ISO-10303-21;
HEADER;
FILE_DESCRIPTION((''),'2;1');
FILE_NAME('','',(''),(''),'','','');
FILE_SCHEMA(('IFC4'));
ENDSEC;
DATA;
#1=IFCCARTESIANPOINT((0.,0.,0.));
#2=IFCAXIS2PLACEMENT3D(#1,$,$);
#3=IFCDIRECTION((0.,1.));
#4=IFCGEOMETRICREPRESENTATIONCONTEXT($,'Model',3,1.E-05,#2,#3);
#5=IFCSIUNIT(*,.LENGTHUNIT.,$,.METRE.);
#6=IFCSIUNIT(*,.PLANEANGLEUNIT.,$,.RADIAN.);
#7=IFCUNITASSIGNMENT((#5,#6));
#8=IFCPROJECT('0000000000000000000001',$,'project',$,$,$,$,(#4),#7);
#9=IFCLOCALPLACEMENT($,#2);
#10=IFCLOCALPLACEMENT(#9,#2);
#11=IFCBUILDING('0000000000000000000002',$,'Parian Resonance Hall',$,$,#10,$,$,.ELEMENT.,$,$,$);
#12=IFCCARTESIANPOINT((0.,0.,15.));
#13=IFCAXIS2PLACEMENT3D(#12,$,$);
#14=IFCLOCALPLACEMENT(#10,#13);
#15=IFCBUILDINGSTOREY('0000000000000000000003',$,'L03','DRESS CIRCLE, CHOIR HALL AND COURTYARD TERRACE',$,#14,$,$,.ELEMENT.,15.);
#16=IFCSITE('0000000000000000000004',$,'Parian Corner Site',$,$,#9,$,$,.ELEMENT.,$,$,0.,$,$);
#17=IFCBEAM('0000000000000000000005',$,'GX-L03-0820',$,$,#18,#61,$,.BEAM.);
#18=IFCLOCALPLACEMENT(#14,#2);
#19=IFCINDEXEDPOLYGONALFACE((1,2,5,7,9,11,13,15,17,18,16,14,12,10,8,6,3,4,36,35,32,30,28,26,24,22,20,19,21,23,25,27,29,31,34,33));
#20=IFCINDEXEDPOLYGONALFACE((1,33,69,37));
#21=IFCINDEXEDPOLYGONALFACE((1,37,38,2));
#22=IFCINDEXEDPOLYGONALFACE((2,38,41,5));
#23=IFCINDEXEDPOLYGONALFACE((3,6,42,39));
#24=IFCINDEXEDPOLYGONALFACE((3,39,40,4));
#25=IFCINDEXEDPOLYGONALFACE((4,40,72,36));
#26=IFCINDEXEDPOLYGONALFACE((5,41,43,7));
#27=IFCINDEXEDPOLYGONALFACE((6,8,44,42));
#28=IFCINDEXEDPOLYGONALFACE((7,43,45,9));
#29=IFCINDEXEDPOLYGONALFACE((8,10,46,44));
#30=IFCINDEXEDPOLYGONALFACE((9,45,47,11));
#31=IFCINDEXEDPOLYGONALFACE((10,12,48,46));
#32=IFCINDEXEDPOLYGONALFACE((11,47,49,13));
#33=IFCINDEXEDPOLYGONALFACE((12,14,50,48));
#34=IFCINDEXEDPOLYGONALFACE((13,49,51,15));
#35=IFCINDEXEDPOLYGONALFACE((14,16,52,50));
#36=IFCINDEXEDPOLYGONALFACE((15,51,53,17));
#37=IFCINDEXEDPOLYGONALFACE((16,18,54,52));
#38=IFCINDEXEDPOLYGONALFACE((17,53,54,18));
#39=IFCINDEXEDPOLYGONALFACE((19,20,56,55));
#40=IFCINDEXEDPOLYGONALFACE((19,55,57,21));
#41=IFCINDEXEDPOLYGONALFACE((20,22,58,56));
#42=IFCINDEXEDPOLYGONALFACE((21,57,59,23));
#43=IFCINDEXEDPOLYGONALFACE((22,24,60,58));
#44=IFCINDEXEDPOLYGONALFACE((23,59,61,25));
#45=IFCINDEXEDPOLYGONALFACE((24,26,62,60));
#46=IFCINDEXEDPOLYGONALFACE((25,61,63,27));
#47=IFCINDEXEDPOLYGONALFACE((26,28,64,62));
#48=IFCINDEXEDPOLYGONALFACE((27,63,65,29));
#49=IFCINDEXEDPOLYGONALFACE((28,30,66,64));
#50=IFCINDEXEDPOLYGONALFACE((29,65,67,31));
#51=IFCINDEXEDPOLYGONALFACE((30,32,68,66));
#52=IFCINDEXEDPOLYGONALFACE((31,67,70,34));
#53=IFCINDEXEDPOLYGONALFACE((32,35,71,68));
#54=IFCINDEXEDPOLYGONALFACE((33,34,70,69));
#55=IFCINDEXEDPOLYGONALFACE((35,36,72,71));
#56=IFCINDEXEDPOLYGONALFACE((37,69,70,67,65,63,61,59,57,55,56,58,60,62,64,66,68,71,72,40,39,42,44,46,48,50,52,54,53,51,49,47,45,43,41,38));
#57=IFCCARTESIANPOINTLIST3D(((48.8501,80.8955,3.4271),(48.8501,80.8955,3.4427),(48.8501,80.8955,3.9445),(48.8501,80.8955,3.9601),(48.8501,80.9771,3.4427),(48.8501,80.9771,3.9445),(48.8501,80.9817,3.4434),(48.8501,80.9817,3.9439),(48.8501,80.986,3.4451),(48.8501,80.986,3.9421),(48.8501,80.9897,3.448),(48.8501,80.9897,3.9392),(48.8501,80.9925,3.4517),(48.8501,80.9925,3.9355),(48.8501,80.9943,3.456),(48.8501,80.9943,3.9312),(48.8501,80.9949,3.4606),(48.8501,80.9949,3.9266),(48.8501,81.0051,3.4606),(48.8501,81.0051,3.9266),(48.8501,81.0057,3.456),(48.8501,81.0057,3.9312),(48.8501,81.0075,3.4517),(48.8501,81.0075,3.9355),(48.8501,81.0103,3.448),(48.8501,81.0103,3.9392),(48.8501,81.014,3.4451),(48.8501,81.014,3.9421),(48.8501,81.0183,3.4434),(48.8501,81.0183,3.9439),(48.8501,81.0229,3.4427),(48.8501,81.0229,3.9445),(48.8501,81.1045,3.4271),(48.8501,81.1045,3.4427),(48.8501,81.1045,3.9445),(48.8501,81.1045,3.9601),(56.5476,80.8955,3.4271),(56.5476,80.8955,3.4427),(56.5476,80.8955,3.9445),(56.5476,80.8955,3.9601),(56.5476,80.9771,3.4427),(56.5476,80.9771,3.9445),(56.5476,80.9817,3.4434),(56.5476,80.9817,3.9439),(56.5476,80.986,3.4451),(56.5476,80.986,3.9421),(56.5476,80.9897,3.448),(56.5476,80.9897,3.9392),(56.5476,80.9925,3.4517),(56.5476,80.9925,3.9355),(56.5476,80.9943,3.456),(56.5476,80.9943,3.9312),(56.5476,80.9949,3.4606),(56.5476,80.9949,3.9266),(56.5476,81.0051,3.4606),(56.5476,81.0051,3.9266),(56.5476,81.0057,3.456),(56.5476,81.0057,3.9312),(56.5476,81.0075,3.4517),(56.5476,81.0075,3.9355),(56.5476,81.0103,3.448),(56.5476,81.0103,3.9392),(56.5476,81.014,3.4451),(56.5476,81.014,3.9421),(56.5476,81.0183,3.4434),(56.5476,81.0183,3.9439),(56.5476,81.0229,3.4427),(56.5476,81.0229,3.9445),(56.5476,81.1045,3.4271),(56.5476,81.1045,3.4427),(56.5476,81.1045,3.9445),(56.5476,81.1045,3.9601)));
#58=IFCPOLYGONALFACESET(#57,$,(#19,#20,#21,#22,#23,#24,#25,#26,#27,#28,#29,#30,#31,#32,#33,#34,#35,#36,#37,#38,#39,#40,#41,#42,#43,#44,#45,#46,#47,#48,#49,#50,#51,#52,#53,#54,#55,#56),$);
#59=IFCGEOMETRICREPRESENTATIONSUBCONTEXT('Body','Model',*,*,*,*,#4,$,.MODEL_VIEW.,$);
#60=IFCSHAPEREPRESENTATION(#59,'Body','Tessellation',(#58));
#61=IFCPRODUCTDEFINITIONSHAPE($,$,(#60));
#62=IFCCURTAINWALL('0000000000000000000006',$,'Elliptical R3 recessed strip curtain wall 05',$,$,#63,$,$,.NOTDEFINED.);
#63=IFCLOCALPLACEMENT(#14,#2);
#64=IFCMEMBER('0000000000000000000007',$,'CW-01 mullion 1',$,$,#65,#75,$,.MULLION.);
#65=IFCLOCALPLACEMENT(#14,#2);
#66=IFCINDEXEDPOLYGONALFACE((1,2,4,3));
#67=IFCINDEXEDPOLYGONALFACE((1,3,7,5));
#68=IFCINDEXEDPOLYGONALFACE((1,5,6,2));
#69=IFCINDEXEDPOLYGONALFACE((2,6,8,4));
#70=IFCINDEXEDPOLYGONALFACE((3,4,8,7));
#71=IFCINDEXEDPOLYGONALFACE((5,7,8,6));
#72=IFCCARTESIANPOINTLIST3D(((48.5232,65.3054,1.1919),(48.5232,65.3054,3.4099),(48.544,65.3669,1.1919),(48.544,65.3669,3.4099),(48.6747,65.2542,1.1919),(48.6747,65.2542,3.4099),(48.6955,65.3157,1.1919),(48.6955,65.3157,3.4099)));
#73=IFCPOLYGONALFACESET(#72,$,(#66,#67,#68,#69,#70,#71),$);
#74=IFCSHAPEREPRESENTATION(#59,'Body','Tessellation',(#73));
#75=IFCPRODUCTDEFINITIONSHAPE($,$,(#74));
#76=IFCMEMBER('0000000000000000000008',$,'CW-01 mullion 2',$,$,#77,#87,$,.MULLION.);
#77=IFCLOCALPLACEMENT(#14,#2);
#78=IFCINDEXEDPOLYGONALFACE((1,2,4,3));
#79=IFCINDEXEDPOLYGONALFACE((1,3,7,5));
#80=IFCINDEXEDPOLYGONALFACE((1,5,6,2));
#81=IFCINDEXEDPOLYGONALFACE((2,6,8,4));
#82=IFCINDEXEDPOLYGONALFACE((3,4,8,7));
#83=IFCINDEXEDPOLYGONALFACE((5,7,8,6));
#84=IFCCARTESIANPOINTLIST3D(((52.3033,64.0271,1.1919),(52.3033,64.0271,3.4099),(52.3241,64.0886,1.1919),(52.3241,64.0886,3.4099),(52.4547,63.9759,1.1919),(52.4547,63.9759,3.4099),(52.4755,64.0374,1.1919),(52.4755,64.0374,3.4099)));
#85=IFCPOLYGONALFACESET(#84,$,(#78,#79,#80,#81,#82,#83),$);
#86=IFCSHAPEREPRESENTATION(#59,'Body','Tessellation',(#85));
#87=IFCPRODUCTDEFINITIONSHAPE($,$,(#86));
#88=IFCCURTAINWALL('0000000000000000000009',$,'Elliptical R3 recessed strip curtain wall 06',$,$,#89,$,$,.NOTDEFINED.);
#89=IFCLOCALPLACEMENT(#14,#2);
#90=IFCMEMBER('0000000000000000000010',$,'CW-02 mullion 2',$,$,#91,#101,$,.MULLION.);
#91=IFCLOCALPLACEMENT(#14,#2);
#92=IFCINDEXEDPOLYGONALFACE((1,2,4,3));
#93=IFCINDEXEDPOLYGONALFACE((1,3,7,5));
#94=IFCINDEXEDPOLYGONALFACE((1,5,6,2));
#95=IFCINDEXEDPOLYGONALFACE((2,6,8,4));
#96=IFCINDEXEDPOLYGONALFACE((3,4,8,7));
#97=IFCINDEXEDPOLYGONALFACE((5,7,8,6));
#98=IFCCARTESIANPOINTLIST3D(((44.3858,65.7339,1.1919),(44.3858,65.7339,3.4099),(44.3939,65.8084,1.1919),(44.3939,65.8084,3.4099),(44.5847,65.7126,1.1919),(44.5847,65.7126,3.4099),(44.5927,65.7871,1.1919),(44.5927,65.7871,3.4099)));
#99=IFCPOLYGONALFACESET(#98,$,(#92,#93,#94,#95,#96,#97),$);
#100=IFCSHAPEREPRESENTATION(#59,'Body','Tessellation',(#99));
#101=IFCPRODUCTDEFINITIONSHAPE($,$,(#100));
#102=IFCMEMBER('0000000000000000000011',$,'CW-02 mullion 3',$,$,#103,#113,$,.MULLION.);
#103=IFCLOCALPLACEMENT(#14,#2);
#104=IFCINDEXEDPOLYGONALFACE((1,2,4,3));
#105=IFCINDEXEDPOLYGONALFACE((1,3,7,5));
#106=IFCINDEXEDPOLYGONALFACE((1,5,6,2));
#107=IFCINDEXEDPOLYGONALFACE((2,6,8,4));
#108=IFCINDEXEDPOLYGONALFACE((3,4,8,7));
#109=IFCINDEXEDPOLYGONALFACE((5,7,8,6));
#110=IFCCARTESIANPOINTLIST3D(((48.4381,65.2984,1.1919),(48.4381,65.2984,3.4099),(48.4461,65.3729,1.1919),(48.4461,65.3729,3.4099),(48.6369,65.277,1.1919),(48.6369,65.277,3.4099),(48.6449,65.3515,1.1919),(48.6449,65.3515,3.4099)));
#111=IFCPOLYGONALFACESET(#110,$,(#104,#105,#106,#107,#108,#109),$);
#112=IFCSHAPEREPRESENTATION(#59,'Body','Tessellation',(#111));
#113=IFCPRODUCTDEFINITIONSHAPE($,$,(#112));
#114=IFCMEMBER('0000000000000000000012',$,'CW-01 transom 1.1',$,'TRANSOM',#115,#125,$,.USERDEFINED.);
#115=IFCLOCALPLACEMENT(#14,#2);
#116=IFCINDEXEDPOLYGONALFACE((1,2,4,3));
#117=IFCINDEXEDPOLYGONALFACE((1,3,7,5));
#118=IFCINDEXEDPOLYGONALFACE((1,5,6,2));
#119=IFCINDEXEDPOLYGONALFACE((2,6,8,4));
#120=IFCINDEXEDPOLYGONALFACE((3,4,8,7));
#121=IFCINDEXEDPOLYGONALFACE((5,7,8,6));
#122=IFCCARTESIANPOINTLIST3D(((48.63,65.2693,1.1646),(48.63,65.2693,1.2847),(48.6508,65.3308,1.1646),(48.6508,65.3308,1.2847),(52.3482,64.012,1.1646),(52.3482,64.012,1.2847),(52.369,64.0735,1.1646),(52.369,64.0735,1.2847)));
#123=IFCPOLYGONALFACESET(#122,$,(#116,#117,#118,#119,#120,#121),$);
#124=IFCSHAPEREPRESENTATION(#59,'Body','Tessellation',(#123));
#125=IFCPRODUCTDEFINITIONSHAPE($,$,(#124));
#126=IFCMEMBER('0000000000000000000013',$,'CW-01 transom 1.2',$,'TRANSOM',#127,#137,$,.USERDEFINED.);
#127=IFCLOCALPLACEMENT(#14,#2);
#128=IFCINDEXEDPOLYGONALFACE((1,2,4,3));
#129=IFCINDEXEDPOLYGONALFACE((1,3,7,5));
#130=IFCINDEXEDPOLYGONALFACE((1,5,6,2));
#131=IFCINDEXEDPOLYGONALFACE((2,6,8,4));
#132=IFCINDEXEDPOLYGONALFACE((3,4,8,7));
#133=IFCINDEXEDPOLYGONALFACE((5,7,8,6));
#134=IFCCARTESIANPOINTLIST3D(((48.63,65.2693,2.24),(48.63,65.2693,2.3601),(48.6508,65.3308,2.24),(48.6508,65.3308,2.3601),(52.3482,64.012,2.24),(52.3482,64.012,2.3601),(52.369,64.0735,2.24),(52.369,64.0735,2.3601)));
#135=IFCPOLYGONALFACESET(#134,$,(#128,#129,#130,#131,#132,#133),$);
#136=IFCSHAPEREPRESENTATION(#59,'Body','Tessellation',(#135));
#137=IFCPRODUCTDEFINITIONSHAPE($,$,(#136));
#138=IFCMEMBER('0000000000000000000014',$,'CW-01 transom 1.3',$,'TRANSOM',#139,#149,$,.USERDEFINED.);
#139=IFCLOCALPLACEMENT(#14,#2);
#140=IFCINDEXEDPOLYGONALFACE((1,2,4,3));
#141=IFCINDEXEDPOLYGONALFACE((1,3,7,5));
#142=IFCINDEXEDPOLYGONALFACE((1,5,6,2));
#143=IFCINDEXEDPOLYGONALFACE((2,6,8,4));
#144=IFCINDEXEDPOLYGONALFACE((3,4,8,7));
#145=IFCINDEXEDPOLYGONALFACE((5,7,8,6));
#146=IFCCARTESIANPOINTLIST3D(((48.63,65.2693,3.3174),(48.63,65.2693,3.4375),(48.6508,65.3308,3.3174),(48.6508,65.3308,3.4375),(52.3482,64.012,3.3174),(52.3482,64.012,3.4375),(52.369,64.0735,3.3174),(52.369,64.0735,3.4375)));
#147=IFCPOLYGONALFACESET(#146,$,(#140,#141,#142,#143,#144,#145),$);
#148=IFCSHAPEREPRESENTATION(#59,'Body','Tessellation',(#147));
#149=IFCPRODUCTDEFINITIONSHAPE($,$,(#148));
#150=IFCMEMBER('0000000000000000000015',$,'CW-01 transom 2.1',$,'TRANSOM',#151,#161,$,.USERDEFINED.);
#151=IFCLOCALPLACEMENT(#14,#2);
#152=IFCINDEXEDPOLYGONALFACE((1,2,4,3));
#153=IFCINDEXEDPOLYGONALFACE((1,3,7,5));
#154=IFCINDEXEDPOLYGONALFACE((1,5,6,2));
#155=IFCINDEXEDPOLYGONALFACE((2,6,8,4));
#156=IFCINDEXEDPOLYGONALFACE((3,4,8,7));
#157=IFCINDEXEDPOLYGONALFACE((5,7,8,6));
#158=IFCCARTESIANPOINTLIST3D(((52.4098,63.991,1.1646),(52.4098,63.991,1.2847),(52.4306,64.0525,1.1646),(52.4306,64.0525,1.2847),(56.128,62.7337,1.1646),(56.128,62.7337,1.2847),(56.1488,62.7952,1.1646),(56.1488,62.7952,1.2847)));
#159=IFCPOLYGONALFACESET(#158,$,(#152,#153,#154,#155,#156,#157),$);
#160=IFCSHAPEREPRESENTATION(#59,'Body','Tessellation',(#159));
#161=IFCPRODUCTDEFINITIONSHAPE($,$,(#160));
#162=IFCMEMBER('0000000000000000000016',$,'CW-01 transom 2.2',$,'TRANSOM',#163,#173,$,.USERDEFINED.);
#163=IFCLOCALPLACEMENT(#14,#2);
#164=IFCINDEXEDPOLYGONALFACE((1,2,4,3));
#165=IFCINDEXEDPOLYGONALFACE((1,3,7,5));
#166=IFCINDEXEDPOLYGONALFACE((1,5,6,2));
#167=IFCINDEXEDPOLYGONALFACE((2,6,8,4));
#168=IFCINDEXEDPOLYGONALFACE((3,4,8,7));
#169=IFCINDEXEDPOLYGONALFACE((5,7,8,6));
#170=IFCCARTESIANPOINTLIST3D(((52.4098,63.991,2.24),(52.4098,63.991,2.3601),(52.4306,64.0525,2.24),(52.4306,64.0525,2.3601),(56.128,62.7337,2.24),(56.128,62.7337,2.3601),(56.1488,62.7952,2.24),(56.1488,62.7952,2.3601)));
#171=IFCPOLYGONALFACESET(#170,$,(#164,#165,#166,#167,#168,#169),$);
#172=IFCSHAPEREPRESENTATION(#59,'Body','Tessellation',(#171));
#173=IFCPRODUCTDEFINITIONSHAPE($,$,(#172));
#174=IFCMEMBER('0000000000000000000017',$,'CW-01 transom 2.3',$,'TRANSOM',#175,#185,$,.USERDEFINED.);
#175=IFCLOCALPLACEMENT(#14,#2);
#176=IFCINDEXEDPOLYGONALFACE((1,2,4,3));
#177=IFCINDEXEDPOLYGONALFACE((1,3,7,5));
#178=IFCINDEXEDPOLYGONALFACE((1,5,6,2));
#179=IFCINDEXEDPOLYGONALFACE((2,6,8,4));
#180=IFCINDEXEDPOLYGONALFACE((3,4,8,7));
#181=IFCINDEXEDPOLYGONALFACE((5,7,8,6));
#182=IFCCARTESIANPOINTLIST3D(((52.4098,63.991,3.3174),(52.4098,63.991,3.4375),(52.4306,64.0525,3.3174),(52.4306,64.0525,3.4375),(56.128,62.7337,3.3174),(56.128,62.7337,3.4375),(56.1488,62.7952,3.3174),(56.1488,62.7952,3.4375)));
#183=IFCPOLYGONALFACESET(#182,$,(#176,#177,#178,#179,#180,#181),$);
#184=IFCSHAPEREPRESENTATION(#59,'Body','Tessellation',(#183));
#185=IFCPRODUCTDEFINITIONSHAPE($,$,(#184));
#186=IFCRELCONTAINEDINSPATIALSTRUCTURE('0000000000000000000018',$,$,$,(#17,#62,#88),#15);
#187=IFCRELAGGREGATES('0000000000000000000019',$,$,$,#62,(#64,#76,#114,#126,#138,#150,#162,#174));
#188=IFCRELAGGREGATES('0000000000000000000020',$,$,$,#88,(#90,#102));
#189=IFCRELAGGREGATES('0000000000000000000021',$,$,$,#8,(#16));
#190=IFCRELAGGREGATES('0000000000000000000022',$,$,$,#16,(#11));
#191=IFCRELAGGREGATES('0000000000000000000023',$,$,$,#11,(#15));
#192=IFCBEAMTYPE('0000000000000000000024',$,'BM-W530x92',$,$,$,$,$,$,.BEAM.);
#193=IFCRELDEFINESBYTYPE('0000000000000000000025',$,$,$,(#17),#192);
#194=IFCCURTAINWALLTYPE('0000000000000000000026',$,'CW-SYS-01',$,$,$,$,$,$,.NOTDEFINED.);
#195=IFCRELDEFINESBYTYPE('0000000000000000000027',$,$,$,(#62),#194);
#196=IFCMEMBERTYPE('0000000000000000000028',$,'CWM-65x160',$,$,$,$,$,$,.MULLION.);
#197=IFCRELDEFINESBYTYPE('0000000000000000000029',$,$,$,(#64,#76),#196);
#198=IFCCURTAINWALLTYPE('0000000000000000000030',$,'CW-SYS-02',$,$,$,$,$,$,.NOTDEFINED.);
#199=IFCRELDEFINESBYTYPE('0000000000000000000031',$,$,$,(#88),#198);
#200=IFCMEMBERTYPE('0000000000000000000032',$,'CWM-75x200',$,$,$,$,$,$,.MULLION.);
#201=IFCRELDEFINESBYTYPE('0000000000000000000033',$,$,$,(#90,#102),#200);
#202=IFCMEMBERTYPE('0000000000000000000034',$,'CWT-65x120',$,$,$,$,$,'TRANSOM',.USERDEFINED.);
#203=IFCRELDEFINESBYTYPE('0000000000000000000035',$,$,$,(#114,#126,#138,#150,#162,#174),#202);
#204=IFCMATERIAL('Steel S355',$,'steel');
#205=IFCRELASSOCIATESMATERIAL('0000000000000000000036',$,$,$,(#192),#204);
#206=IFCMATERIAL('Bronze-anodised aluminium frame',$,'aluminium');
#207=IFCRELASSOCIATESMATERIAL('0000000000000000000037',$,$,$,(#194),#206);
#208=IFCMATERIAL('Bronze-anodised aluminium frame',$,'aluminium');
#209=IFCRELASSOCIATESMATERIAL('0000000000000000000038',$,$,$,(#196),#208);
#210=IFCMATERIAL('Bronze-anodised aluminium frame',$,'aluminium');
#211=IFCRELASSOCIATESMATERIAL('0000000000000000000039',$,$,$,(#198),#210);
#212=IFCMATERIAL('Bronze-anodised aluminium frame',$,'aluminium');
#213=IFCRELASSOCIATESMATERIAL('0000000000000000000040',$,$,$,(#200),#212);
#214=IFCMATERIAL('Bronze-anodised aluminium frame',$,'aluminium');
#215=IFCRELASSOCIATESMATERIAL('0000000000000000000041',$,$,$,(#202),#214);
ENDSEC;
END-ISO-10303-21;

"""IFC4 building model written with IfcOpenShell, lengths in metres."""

from ifc_helpers import new_model, si_unit, direction, frame, origin, origin_2d, place, context, subcontext, project, spatial, rectangle, i_section, extrude, material, material_profile, profile_set, type_object, element, aggregate, save


model = new_model("IFC4")

# Units and contexts
model_context = context("Model", 3, precision=1e-05, world=origin(), true_north=direction((0.0, 1.0)))
body_context = subcontext(model_context, "Body", "Model", "MODEL_VIEW")
ifc_project = project(units=[si_unit("LENGTHUNIT", "METRE"), si_unit("PLANEANGLEUNIT", "RADIAN")], contexts=[model_context])

# Site, building, storey
site_placement = place(None, origin())
site = spatial("IfcSite", under=ifc_project, at=site_placement, Name="Parian Corner Site", CompositionType="ELEMENT", RefElevation=0.0)
building_placement = place(site_placement, origin())
building = spatial("IfcBuilding", under=site, at=building_placement, Name="Parian Resonance Hall", CompositionType="ELEMENT")
storey_placement = place(building_placement, frame((0.0, 0.0, 15.0)))
storey = spatial("IfcBuildingStorey", under=building, at=storey_placement, Name="L03", Description="DRESS CIRCLE, CHOIR HALL AND COURTYARD TERRACE", CompositionType="ELEMENT", Elevation=15.0)

# Beam
ifc_material_1 = material(Name="Steel S355", Category="steel")
ifc_material_profile_1 = material_profile(ifc_material_1, i_section(OverallWidth=0.209, OverallDepth=0.533, WebThickness=0.0103, FlangeThickness=0.0156, FilletRadius=0.0178, at=origin_2d()), Name="W530x92")
ifc_profile_set_1 = profile_set([ifc_material_profile_1], Name="Steel S355")
beam_type_1 = type_object("IfcBeamType", Name="BM-W530x92", PredefinedType="BEAM", material=ifc_profile_set_1)
beam_1_placement = place(storey_placement, frame((48.8501, 81.0, 3.6936), z_axis=(1.0, 0.0, 0.0), x_axis=(0.0, 1.0, 0.0)))
element("IfcBeam", 1, at=beam_1_placement, inside=storey, type_object=beam_type_1, Name="GX-L03-0820", PredefinedType="BEAM", context=body_context, shape_type="SweptSolid", body=[
    extrude(i_section(OverallWidth=0.209, OverallDepth=0.533, WebThickness=0.0103, FlangeThickness=0.0156, FilletRadius=0.0178, at=origin_2d()), origin(), (0.0, 0.0, 1.0), 7.6975),
])

# Curtain walls, members
ifc_material_2 = material(Name="Bronze-anodised aluminium frame", Category="aluminium")
curtain_wall_type_1 = type_object("IfcCurtainWallType", Name="CW-SYS-01", PredefinedType="NOTDEFINED", material=ifc_material_2)
curtain_wall_1_placement = place(storey_placement, origin())
curtain_wall_1 = element("IfcCurtainWall", 2, at=curtain_wall_1_placement, inside=storey, type_object=curtain_wall_type_1, Name="Elliptical R3 recessed strip curtain wall 05", PredefinedType="NOTDEFINED")
ifc_material_3 = material(Name="Bronze-anodised aluminium frame", Category="aluminium")
ifc_material_profile_2 = material_profile(ifc_material_3, rectangle(XDim=0.0649, YDim=0.1599, at=origin_2d()), Name="CWM-65x160")
ifc_profile_set_2 = profile_set([ifc_material_profile_2], Name="Bronze-anodised aluminium frame")
member_type_1 = type_object("IfcMemberType", Name="CWM-65x160", PredefinedType="MULLION", material=ifc_profile_set_2)
member_1_placement = place(storey_placement, frame((48.6094, 65.3105, 1.1919), z_axis=(0.0, 0.0, 1.0), x_axis=(0.32036, 0.947296, 0.0)))
member_1 = element("IfcMember", 3, at=member_1_placement, type_object=member_type_1, Name="CW-01 mullion 1", PredefinedType="MULLION", context=body_context, shape_type="SweptSolid", body=[
    extrude(rectangle(XDim=0.0649, YDim=0.1599, at=origin_2d()), origin(), (0.0, 0.0, 1.0), 2.218),
])
member_2_placement = place(storey_placement, frame((52.3894, 64.0322, 1.1919), z_axis=(0.0, 0.0, 1.0), x_axis=(0.32036, 0.947296, 0.0)))
member_2 = element("IfcMember", 4, at=member_2_placement, type_object=member_type_1, Name="CW-01 mullion 2", PredefinedType="MULLION", context=body_context, shape_type="SweptSolid", body=[
    extrude(rectangle(XDim=0.0649, YDim=0.1599, at=origin_2d()), origin(), (0.0, 0.0, 1.0), 2.218),
])
ifc_material_4 = material(Name="Bronze-anodised aluminium frame", Category="aluminium")
curtain_wall_type_2 = type_object("IfcCurtainWallType", Name="CW-SYS-02", PredefinedType="NOTDEFINED", material=ifc_material_4)
curtain_wall_2_placement = place(storey_placement, origin())
curtain_wall_2 = element("IfcCurtainWall", 5, at=curtain_wall_2_placement, inside=storey, type_object=curtain_wall_type_2, Name="Elliptical R3 recessed strip curtain wall 06", PredefinedType="NOTDEFINED")
ifc_material_5 = material(Name="Bronze-anodised aluminium frame", Category="aluminium")
ifc_material_profile_3 = material_profile(ifc_material_5, rectangle(XDim=0.075, YDim=0.2, at=origin_2d()), Name="CWM-75x200")
ifc_profile_set_3 = profile_set([ifc_material_profile_3], Name="Bronze-anodised aluminium frame")
member_type_2 = type_object("IfcMemberType", Name="CWM-75x200", PredefinedType="MULLION", material=ifc_profile_set_3)
member_3_placement = place(storey_placement, frame((44.4893, 65.7605, 1.1919), z_axis=(0.0, 0.0, 1.0), x_axis=(0.106871, 0.994273, 0.0)))
member_3 = element("IfcMember", 6, at=member_3_placement, type_object=member_type_2, Name="CW-02 mullion 2", PredefinedType="MULLION", context=body_context, shape_type="SweptSolid", body=[
    extrude(rectangle(XDim=0.075, YDim=0.2, at=origin_2d()), origin(), (0.0, 0.0, 1.0), 2.218),
])
member_4_placement = place(storey_placement, frame((48.5415, 65.325, 1.1919), z_axis=(0.0, 0.0, 1.0), x_axis=(0.106871, 0.994273, 0.0)))
member_4 = element("IfcMember", 7, at=member_4_placement, type_object=member_type_2, Name="CW-02 mullion 3", PredefinedType="MULLION", context=body_context, shape_type="SweptSolid", body=[
    extrude(rectangle(XDim=0.075, YDim=0.2, at=origin_2d()), origin(), (0.0, 0.0, 1.0), 2.218),
])

# Members
ifc_material_6 = material(Name="Bronze-anodised aluminium frame", Category="aluminium")
ifc_material_profile_4 = material_profile(ifc_material_6, rectangle(XDim=0.0649, YDim=0.1201, at=origin_2d()), Name="CWT-65x120")
ifc_profile_set_4 = profile_set([ifc_material_profile_4], Name="Bronze-anodised aluminium frame")
member_type_3 = type_object("IfcMemberType", Name="CWT-65x120", ElementType="TRANSOM", PredefinedType="USERDEFINED", material=ifc_profile_set_4)
member_5_placement = place(storey_placement, frame((48.6404, 65.3, 1.2246), z_axis=(0.947306, -0.32033, 0.0), x_axis=(0.32033, 0.947306, 0.0)))
member_5 = element("IfcMember", 8, at=member_5_placement, type_object=member_type_3, Name="CW-01 transom 1.1", ObjectType="TRANSOM", PredefinedType="USERDEFINED", context=body_context, shape_type="SweptSolid", body=[
    extrude(rectangle(XDim=0.0649, YDim=0.1201, at=origin_2d()), origin(), (0.0, 0.0, 1.0), 3.925),
])
member_6_placement = place(storey_placement, frame((48.6404, 65.3, 2.3), z_axis=(0.947306, -0.32033, 0.0), x_axis=(0.32033, 0.947306, 0.0)))
member_6 = element("IfcMember", 9, at=member_6_placement, type_object=member_type_3, Name="CW-01 transom 1.2", ObjectType="TRANSOM", PredefinedType="USERDEFINED", context=body_context, shape_type="SweptSolid", body=[
    extrude(rectangle(XDim=0.0649, YDim=0.1201, at=origin_2d()), origin(), (0.0, 0.0, 1.0), 3.925),
])
member_7_placement = place(storey_placement, frame((48.6404, 65.3, 3.3774), z_axis=(0.947306, -0.32033, 0.0), x_axis=(0.32033, 0.947306, 0.0)))
member_7 = element("IfcMember", 10, at=member_7_placement, type_object=member_type_3, Name="CW-01 transom 1.3", ObjectType="TRANSOM", PredefinedType="USERDEFINED", context=body_context, shape_type="SweptSolid", body=[
    extrude(rectangle(XDim=0.0649, YDim=0.1201, at=origin_2d()), origin(), (0.0, 0.0, 1.0), 3.925),
])
member_8_placement = place(storey_placement, frame((52.4202, 64.0217, 1.2246), z_axis=(0.947306, -0.32033, 0.0), x_axis=(0.32033, 0.947306, 0.0)))
member_8 = element("IfcMember", 11, at=member_8_placement, type_object=member_type_3, Name="CW-01 transom 2.1", ObjectType="TRANSOM", PredefinedType="USERDEFINED", context=body_context, shape_type="SweptSolid", body=[
    extrude(rectangle(XDim=0.0649, YDim=0.1201, at=origin_2d()), origin(), (0.0, 0.0, 1.0), 3.925),
])
member_9_placement = place(storey_placement, frame((52.4202, 64.0217, 2.3), z_axis=(0.947306, -0.32033, 0.0), x_axis=(0.32033, 0.947306, 0.0)))
member_9 = element("IfcMember", 12, at=member_9_placement, type_object=member_type_3, Name="CW-01 transom 2.2", ObjectType="TRANSOM", PredefinedType="USERDEFINED", context=body_context, shape_type="SweptSolid", body=[
    extrude(rectangle(XDim=0.0649, YDim=0.1201, at=origin_2d()), origin(), (0.0, 0.0, 1.0), 3.925),
])
member_10_placement = place(storey_placement, frame((52.4202, 64.0217, 3.3774), z_axis=(0.947306, -0.32033, 0.0), x_axis=(0.32033, 0.947306, 0.0)))
member_10 = element("IfcMember", 13, at=member_10_placement, type_object=member_type_3, Name="CW-01 transom 2.3", ObjectType="TRANSOM", PredefinedType="USERDEFINED", context=body_context, shape_type="SweptSolid", body=[
    extrude(rectangle(XDim=0.0649, YDim=0.1201, at=origin_2d()), origin(), (0.0, 0.0, 1.0), 3.925),
])

aggregate(curtain_wall_1, [member_1, member_2, member_5, member_6, member_7, member_8, member_9, member_10])
aggregate(curtain_wall_2, [member_3, member_4])

save(model, "model.ifc")
